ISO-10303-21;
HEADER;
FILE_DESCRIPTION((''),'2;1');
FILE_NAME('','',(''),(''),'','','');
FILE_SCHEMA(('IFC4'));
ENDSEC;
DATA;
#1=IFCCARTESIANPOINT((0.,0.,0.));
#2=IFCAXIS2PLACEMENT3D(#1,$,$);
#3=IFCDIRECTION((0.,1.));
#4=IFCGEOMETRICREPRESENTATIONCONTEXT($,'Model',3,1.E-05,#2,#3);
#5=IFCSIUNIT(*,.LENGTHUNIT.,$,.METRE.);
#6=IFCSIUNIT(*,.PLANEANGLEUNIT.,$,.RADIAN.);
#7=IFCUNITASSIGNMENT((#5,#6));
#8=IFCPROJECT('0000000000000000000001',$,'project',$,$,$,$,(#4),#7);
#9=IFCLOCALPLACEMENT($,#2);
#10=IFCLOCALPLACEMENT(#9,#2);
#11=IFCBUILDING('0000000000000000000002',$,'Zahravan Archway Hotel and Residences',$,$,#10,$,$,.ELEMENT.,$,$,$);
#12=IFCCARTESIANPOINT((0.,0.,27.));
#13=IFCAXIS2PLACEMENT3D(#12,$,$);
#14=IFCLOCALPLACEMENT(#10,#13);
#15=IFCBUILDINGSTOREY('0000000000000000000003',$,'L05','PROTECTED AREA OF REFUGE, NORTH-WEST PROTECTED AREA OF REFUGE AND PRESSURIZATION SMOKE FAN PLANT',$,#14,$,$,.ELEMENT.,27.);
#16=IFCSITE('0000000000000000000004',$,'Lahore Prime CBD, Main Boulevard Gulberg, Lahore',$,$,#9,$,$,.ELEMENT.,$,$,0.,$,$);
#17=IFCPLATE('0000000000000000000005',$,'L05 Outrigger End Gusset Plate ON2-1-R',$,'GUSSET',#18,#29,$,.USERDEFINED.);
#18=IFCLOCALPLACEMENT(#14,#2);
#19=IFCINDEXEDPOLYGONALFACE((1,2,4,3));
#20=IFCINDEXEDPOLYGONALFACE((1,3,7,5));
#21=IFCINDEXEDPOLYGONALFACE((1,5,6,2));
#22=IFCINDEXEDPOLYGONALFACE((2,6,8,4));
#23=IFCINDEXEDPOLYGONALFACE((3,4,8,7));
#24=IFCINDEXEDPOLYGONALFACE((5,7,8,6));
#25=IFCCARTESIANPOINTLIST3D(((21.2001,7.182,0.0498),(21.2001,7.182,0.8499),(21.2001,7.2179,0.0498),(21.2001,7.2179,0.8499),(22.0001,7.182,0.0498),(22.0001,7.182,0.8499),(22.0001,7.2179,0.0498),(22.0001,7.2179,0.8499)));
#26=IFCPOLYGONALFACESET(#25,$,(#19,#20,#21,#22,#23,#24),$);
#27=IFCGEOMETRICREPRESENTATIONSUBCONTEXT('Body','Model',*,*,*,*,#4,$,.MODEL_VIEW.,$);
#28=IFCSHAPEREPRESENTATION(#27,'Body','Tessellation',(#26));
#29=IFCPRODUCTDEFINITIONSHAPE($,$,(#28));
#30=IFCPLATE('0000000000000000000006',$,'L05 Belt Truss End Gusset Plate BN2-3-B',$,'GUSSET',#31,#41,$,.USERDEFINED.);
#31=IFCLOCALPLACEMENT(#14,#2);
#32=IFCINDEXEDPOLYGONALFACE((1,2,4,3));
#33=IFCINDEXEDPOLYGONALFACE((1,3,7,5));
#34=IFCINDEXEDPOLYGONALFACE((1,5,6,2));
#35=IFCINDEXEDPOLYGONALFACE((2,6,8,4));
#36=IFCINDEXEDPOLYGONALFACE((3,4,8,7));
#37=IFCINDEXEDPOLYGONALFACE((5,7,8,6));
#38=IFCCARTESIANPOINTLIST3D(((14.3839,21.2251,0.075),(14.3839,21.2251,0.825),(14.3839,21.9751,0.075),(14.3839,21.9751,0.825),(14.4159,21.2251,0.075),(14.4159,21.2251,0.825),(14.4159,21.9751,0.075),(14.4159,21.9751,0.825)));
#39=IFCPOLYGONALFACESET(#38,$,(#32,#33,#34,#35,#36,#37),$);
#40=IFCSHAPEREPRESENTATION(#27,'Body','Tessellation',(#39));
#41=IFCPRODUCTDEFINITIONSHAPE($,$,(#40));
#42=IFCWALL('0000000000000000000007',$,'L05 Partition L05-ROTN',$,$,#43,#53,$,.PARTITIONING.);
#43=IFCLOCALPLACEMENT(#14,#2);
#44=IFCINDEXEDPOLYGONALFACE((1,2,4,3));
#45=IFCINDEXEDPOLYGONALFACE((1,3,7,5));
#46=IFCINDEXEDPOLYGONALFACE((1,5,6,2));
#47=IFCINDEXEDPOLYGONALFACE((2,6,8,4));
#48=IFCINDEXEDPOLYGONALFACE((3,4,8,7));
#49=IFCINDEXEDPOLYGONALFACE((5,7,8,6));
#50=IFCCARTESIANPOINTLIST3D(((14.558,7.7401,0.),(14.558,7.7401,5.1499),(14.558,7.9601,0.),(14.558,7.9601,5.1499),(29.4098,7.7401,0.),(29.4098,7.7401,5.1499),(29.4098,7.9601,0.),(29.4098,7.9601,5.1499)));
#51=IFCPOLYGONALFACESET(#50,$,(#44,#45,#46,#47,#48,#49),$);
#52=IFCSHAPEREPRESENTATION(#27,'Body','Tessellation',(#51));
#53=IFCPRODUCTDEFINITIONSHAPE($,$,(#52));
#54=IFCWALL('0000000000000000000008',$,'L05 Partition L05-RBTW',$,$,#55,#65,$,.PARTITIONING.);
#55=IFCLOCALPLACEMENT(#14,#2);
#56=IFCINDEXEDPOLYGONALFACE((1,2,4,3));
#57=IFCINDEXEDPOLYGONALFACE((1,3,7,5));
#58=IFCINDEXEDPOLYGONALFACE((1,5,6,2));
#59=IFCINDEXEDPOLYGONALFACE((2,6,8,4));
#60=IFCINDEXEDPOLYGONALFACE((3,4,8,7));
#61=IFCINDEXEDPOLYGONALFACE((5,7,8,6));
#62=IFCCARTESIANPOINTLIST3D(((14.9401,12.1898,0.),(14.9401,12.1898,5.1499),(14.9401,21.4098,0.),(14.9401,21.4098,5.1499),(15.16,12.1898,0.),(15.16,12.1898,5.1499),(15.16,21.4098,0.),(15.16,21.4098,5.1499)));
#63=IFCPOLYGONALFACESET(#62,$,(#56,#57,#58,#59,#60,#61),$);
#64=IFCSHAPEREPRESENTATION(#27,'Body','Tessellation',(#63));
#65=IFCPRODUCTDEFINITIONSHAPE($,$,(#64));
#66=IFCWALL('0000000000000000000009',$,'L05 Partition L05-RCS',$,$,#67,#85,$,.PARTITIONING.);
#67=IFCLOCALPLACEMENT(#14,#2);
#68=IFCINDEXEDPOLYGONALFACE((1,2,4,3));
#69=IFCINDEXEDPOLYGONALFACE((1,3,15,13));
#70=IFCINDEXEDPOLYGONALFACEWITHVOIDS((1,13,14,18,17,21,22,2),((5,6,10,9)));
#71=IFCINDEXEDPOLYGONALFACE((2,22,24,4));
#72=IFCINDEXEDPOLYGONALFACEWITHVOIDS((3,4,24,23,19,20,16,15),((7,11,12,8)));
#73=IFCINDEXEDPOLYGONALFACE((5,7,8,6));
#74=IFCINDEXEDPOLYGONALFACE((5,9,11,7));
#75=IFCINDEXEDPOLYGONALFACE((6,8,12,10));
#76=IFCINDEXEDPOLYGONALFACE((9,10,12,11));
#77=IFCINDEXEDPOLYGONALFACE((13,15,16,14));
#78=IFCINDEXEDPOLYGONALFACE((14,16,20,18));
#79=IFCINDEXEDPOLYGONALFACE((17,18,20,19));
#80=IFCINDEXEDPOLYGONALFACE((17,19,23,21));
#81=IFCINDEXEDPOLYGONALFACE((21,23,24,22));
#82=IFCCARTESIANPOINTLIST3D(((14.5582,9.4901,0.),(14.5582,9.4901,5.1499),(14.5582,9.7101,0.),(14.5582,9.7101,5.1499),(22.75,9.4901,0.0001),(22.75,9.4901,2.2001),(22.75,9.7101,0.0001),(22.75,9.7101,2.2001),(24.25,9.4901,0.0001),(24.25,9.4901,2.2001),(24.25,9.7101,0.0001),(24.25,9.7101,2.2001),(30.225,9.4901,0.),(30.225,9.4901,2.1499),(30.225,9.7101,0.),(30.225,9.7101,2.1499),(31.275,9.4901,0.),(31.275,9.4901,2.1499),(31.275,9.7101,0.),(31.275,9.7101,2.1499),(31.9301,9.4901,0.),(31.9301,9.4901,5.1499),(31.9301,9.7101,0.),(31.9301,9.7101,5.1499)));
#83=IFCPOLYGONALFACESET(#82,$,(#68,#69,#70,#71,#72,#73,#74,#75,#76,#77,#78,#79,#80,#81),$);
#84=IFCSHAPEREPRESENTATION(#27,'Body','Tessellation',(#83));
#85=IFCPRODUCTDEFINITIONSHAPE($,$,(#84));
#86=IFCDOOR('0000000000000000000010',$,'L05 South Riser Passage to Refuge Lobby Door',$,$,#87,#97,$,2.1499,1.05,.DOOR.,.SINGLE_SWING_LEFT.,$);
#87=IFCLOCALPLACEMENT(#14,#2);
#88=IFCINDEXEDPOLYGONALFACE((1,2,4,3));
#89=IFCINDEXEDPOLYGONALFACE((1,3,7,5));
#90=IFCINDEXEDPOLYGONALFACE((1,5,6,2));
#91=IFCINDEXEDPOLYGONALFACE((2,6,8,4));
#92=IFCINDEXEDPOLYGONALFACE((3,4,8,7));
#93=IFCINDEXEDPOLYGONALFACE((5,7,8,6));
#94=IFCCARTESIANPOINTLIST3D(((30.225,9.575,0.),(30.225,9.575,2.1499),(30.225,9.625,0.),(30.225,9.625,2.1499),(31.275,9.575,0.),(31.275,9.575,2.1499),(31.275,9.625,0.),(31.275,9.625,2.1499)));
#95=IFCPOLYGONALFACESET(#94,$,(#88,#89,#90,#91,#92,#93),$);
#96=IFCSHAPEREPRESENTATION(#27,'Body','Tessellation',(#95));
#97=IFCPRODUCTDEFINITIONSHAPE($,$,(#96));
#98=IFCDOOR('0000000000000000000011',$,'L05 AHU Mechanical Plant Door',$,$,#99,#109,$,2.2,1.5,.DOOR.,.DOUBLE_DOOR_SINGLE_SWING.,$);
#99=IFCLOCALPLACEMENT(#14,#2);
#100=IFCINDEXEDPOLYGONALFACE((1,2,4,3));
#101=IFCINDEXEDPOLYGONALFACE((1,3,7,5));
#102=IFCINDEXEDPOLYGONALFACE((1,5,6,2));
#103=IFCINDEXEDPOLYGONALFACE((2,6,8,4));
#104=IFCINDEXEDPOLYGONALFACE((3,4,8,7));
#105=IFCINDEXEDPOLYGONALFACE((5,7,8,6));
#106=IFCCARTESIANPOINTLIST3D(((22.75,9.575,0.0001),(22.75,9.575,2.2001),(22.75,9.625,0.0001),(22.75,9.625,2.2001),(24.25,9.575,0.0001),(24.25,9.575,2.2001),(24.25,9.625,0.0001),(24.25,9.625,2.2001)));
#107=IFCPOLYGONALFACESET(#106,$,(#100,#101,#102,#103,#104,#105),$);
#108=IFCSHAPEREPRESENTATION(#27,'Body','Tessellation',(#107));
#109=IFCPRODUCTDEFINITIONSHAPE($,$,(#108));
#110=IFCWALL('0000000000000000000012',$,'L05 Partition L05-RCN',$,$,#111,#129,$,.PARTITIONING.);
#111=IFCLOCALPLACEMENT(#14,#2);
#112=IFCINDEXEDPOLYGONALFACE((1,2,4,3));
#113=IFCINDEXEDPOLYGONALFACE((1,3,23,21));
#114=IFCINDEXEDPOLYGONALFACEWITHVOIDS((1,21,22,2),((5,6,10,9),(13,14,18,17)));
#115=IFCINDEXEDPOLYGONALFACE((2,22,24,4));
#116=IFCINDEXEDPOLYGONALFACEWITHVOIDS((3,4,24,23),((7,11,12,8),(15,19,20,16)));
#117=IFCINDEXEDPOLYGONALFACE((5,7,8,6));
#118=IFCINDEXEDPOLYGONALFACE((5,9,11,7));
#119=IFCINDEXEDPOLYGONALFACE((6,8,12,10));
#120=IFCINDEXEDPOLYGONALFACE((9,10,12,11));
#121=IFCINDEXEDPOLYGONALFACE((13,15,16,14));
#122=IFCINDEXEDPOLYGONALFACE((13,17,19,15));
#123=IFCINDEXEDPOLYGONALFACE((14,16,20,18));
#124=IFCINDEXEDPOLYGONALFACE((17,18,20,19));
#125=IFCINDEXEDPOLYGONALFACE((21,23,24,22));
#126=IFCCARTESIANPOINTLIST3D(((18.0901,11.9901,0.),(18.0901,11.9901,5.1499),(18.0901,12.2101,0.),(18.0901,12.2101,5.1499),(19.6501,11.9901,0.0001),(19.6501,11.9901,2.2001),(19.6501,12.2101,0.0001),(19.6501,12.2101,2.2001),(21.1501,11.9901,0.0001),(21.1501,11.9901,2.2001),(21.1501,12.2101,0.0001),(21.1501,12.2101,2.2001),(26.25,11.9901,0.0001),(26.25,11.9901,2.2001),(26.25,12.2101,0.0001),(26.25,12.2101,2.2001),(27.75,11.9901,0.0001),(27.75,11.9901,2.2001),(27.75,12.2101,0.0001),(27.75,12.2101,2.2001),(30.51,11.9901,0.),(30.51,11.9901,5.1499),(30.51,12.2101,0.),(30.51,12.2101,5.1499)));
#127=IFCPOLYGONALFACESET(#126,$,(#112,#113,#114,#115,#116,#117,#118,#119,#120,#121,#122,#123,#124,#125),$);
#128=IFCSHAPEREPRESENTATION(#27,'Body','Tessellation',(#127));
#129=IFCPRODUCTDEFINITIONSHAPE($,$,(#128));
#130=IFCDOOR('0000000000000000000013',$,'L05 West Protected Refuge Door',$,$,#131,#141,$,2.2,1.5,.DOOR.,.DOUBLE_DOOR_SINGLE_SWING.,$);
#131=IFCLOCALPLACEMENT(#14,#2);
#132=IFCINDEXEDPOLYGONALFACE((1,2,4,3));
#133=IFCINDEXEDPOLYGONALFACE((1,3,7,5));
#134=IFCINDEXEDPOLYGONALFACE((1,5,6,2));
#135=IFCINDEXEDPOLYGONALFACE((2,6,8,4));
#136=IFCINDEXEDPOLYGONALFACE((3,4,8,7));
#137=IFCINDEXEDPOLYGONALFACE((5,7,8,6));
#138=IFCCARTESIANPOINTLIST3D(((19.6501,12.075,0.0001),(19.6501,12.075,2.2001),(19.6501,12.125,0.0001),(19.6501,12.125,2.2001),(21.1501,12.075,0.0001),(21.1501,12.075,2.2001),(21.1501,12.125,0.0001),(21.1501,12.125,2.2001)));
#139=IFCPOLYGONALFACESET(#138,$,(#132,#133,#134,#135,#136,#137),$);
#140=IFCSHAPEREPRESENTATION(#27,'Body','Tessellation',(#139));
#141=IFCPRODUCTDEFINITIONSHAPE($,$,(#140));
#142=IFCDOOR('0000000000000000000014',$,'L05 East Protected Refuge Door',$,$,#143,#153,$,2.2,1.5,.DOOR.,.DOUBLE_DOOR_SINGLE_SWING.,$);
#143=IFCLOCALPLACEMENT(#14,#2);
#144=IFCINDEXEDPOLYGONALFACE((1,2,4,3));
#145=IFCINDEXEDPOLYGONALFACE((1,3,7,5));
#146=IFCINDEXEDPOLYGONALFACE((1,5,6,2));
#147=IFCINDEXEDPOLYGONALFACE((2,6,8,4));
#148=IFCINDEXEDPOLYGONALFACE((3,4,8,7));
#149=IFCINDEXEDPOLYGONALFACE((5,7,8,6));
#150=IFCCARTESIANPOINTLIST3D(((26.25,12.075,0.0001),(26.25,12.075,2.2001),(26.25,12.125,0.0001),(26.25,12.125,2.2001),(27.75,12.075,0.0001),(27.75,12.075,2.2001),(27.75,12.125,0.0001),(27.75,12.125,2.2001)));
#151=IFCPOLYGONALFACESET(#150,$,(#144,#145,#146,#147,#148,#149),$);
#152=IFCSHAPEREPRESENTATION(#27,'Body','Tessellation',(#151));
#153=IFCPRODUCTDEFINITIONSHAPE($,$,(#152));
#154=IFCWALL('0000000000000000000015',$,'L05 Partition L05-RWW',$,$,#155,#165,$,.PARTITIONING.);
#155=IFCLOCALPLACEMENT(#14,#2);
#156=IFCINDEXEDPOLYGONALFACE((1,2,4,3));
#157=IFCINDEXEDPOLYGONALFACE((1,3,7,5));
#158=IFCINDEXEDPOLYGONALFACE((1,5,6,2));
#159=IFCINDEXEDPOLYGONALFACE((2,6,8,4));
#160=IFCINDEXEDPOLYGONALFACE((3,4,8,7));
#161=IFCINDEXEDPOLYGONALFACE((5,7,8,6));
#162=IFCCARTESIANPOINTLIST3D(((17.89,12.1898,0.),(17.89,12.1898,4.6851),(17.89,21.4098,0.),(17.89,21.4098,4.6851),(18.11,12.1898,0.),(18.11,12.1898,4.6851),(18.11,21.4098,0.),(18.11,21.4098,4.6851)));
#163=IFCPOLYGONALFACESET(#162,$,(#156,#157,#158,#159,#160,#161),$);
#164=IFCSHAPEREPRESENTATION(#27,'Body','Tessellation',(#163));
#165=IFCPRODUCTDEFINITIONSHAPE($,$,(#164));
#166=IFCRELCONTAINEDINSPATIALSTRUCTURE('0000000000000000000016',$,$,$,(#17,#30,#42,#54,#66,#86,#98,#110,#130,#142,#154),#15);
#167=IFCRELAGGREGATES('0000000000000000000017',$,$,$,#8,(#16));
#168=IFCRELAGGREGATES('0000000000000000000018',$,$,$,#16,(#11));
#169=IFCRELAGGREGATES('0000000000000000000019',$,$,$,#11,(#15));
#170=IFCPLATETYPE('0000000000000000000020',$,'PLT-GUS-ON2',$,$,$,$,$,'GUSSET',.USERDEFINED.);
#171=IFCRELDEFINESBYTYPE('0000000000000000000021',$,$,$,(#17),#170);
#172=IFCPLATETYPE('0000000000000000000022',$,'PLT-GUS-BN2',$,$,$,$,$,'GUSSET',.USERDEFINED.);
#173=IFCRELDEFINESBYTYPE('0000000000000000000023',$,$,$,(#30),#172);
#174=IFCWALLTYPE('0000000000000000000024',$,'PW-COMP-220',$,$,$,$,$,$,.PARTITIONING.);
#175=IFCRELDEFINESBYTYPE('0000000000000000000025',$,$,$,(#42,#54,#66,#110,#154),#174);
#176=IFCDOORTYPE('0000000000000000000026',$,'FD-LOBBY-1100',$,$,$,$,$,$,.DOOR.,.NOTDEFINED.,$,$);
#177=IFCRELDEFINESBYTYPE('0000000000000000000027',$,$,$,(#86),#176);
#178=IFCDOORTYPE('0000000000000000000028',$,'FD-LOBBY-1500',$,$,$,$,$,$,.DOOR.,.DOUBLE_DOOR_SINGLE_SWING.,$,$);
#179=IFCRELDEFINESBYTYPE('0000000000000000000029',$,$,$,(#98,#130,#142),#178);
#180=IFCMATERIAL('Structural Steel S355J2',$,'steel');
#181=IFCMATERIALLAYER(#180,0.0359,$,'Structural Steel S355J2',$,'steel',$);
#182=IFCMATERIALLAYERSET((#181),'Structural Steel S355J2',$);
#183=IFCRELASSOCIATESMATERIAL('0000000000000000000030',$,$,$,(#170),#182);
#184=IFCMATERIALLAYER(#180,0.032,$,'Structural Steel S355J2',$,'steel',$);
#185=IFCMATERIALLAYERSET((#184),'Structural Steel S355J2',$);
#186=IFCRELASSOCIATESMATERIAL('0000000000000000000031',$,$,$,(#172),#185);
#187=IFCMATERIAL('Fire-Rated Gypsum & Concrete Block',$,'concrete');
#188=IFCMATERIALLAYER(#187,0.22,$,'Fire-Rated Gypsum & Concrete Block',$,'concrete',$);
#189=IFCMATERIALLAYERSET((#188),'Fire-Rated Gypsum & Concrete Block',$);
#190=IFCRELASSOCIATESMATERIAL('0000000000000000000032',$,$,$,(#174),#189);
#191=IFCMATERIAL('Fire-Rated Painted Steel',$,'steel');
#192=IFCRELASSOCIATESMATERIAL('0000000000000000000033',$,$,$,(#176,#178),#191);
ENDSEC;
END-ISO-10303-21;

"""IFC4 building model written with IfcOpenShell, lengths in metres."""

from ifc_helpers import new_model, si_unit, direction, frame, frame_2d, origin, origin_2d, place, context, subcontext, project, spatial, rectangle, extrude, source, transform, mapped, material, layer, layer_set, type_object, type_shapes, element, fill, save


model = new_model("IFC4")

# Units and contexts
model_context = context("Model", 3, precision=1e-05, world=origin(), true_north=direction((0.0, 1.0)))
body_context = subcontext(model_context, "Body", "Model", "MODEL_VIEW")
ifc_project = project(units=[si_unit("LENGTHUNIT", "METRE"), si_unit("PLANEANGLEUNIT", "RADIAN")], contexts=[model_context])

# Site, building, storey
site_placement = place(None, origin())
site = spatial("IfcSite", under=ifc_project, at=site_placement, Name="Lahore Prime CBD, Main Boulevard Gulberg, Lahore", CompositionType="ELEMENT", RefElevation=0.0)
building_placement = place(site_placement, origin())
building = spatial("IfcBuilding", under=site, at=building_placement, Name="Zahravan Archway Hotel and Residences", CompositionType="ELEMENT")
storey_placement = place(building_placement, frame((0.0, 0.0, 27.0)))
storey = spatial("IfcBuildingStorey", under=building, at=storey_placement, Name="L05", Description="PROTECTED AREA OF REFUGE, NORTH-WEST PROTECTED AREA OF REFUGE AND PRESSURIZATION SMOKE FAN PLANT", CompositionType="ELEMENT", Elevation=27.0)

# Plates
ifc_material_1 = material(Name="Structural Steel S355J2", Category="steel")
ifc_layer_1 = layer(ifc_material_1, 0.0359, Name="Structural Steel S355J2", Category="steel")
ifc_layer_set_1 = layer_set([ifc_layer_1], Name="Structural Steel S355J2")
plate_type_1 = type_object("IfcPlateType", Name="PLT-GUS-ON2", ElementType="GUSSET", PredefinedType="USERDEFINED", material=ifc_layer_set_1)
shared_shape_1 = source(origin(), body_context, "Body", "SweptSolid", [
    extrude(rectangle(XDim=0.8, YDim=0.0359, at=origin_2d()), origin(), (0.0, 0.0, 1.0), 0.8),
])
type_shapes(plate_type_1, [shared_shape_1])
plate_1_placement = place(storey_placement, frame((21.6001, 7.2, 0.0498), z_axis=(0.0, 0.0, 1.0), x_axis=(1.0, 0.0, 0.0)))
element("IfcPlate", 1, at=plate_1_placement, inside=storey, type_object=plate_type_1, Name="L05 Outrigger End Gusset Plate ON2-1-R", ObjectType="GUSSET", PredefinedType="USERDEFINED", context=body_context, shape_type="MappedRepresentation", body=[
    mapped(shared_shape_1, transform((0.0, 0.0, 0.0), scale=1.0)),
])
ifc_layer_2 = layer(ifc_material_1, 0.032, Name="Structural Steel S355J2", Category="steel")
ifc_layer_set_2 = layer_set([ifc_layer_2], Name="Structural Steel S355J2")
plate_type_2 = type_object("IfcPlateType", Name="PLT-GUS-BN2", ElementType="GUSSET", PredefinedType="USERDEFINED", material=ifc_layer_set_2)
shared_shape_2 = source(origin(), body_context, "Body", "SweptSolid", [
    extrude(rectangle(XDim=0.75, YDim=0.032, at=origin_2d()), origin(), (0.0, 0.0, 1.0), 0.75),
])
type_shapes(plate_type_2, [shared_shape_2])
plate_2_placement = place(storey_placement, frame((14.3999, 21.6001, 0.075), z_axis=(0.0, 0.0, 1.0), x_axis=(0.0, 1.0, 0.0)))
element("IfcPlate", 2, at=plate_2_placement, inside=storey, type_object=plate_type_2, Name="L05 Belt Truss End Gusset Plate BN2-3-B", ObjectType="GUSSET", PredefinedType="USERDEFINED", context=body_context, shape_type="MappedRepresentation", body=[
    mapped(shared_shape_2, transform((0.0, 0.0, 0.0), scale=1.0)),
])

# Walls
ifc_material_2 = material(Name="Fire-Rated Gypsum & Concrete Block", Category="concrete")
ifc_layer_3 = layer(ifc_material_2, 0.22, Name="Fire-Rated Gypsum & Concrete Block", Category="concrete")
ifc_layer_set_3 = layer_set([ifc_layer_3], Name="Fire-Rated Gypsum & Concrete Block")
wall_type = type_object("IfcWallType", Name="PW-COMP-220", PredefinedType="PARTITIONING", material=ifc_layer_set_3)
wall_1_placement = place(storey_placement, frame((14.5581, 7.8501, 0.0), z_axis=(0.0, 0.0, 1.0), x_axis=(1.0, 0.0, 0.0)))
element("IfcWall", 3, at=wall_1_placement, inside=storey, type_object=wall_type, Name="L05 Partition L05-ROTN", PredefinedType="PARTITIONING", context=body_context, shape_type="SweptSolid", body=[
    extrude(rectangle(XDim=14.8518, YDim=0.22, at=frame_2d((7.4258, 0.0))), origin(), (0.0, 0.0, 1.0), 5.1499),
])
wall_2_placement = place(storey_placement, frame((15.05, 12.1899, 0.0), z_axis=(0.0, 0.0, 1.0), x_axis=(0.0, 1.0, 0.0)))
element("IfcWall", 4, at=wall_2_placement, inside=storey, type_object=wall_type, Name="L05 Partition L05-RBTW", PredefinedType="PARTITIONING", context=body_context, shape_type="SweptSolid", body=[
    extrude(rectangle(XDim=9.22, YDim=0.22, at=frame_2d((4.6099, 0.0))), origin(), (0.0, 0.0, 1.0), 5.1499),
])

# Walls, openings, doors
wall_3_placement = place(storey_placement, frame((14.5581, 9.6001, 0.0), z_axis=(0.0, 0.0, 1.0), x_axis=(1.0, 0.0, 0.0)))
wall_3 = element("IfcWall", 5, at=wall_3_placement, inside=storey, type_object=wall_type, Name="L05 Partition L05-RCS", PredefinedType="PARTITIONING", context=body_context, shape_type="SweptSolid", body=[
    extrude(rectangle(XDim=17.3718, YDim=0.22, at=frame_2d((8.686, 0.0))), origin(), (0.0, 0.0, 1.0), 5.1499),
])
opening_1_placement = place(wall_3_placement, frame((15.667, 0.0, 0.0)))
opening_1 = element("IfcOpeningElement", 6, at=opening_1_placement, cuts=wall_3, PredefinedType="OPENING", context=body_context, shape_type="SweptSolid", body=[
    extrude(rectangle(XDim=1.05, YDim=2.1499, at=frame_2d((0.5249, 1.075))), frame((0.0, 0.1201, 0.0), z_axis=(0.0, -1.0, 0.0), x_axis=(1.0, 0.0, 0.0)), (0.0, 0.0, 1.0), 0.24),
])
opening_2_placement = place(wall_3_placement, frame((8.1919, 0.0, 0.0)))
opening_2 = element("IfcOpeningElement", 7, at=opening_2_placement, cuts=wall_3, PredefinedType="OPENING", context=body_context, shape_type="SweptSolid", body=[
    extrude(rectangle(XDim=1.5, YDim=2.2, at=frame_2d((0.75, 1.1001))), frame((0.0, 0.1201, 0.0), z_axis=(0.0, -1.0, 0.0), x_axis=(1.0, 0.0, 0.0)), (0.0, 0.0, 1.0), 0.24),
])
ifc_material_3 = material(Name="Fire-Rated Painted Steel", Category="steel")
door_type_1 = type_object("IfcDoorType", Name="FD-LOBBY-1100", OperationType="NOTDEFINED", PredefinedType="DOOR", material=ifc_material_3)
shared_shape_3 = source(origin(), body_context, "Body", "SweptSolid", [
    extrude(rectangle(XDim=1.05, YDim=2.1499, at=frame_2d((0.5249, 1.075))), frame((0.0, 0.0249, 0.0), z_axis=(0.0, -1.0, 0.0), x_axis=(1.0, 0.0, 0.0)), (0.0, 0.0, 1.0), 0.05),
])
type_shapes(door_type_1, [shared_shape_3])
door_1_placement = place(opening_1_placement, origin())
door_1 = element("IfcDoor", 8, at=door_1_placement, inside=storey, type_object=door_type_1, Name="L05 South Riser Passage to Refuge Lobby Door", OperationType="SINGLE_SWING_LEFT", OverallHeight=2.1499, OverallWidth=1.05, PredefinedType="DOOR", context=body_context, shape_type="MappedRepresentation", body=[
    mapped(shared_shape_3, transform((0.0, 0.0, 0.0), scale=1.0)),
])
fill(opening_1, door_1)
door_type_2 = type_object("IfcDoorType", Name="FD-LOBBY-1500", OperationType="DOUBLE_DOOR_SINGLE_SWING", PredefinedType="DOOR", material=ifc_material_3)
shared_shape_4 = source(origin(), body_context, "Body", "SweptSolid", [
    extrude(rectangle(XDim=1.5, YDim=2.2, at=frame_2d((0.75, 1.1001))), frame((0.0, 0.0249, 0.0), z_axis=(0.0, -1.0, 0.0), x_axis=(1.0, 0.0, 0.0)), (0.0, 0.0, 1.0), 0.05),
])
type_shapes(door_type_2, [shared_shape_4])
door_2_placement = place(opening_2_placement, origin())
door_2 = element("IfcDoor", 9, at=door_2_placement, inside=storey, type_object=door_type_2, Name="L05 AHU Mechanical Plant Door", OperationType="DOUBLE_DOOR_SINGLE_SWING", OverallHeight=2.2, OverallWidth=1.5, PredefinedType="DOOR", context=body_context, shape_type="MappedRepresentation", body=[
    mapped(shared_shape_4, transform((0.0, 0.0, 0.0), scale=1.0)),
])
fill(opening_2, door_2)
wall_4_placement = place(storey_placement, frame((18.0901, 12.1001, 0.0), z_axis=(0.0, 0.0, 1.0), x_axis=(1.0, 0.0, 0.0)))
wall_4 = element("IfcWall", 10, at=wall_4_placement, inside=storey, type_object=wall_type, Name="L05 Partition L05-RCN", PredefinedType="PARTITIONING", context=body_context, shape_type="SweptSolid", body=[
    extrude(rectangle(XDim=12.4199, YDim=0.22, at=frame_2d((6.21, 0.0))), origin(), (0.0, 0.0, 1.0), 5.1499),
])
opening_3_placement = place(wall_4_placement, frame((1.5601, 0.0, 0.0)))
opening_3 = element("IfcOpeningElement", 11, at=opening_3_placement, cuts=wall_4, PredefinedType="OPENING", context=body_context, shape_type="SweptSolid", body=[
    extrude(rectangle(XDim=1.5, YDim=2.2, at=frame_2d((0.75, 1.1001))), frame((0.0, 0.1201, 0.0), z_axis=(0.0, -1.0, 0.0), x_axis=(1.0, 0.0, 0.0)), (0.0, 0.0, 1.0), 0.24),
])
opening_4_placement = place(wall_4_placement, frame((8.1599, 0.0, 0.0)))
opening_4 = element("IfcOpeningElement", 12, at=opening_4_placement, cuts=wall_4, PredefinedType="OPENING", context=body_context, shape_type="SweptSolid", body=[
    extrude(rectangle(XDim=1.5, YDim=2.2, at=frame_2d((0.75, 1.1001))), frame((0.0, 0.1201, 0.0), z_axis=(0.0, -1.0, 0.0), x_axis=(1.0, 0.0, 0.0)), (0.0, 0.0, 1.0), 0.24),
])
door_3_placement = place(opening_3_placement, origin())
door_3 = element("IfcDoor", 13, at=door_3_placement, inside=storey, type_object=door_type_2, Name="L05 West Protected Refuge Door", OperationType="DOUBLE_DOOR_SINGLE_SWING", OverallHeight=2.2, OverallWidth=1.5, PredefinedType="DOOR", context=body_context, shape_type="MappedRepresentation", body=[
    mapped(shared_shape_4, transform((0.0, 0.0, 0.0), scale=1.0)),
])
fill(opening_3, door_3)
door_4_placement = place(opening_4_placement, origin())
door_4 = element("IfcDoor", 14, at=door_4_placement, inside=storey, type_object=door_type_2, Name="L05 East Protected Refuge Door", OperationType="DOUBLE_DOOR_SINGLE_SWING", OverallHeight=2.2, OverallWidth=1.5, PredefinedType="DOOR", context=body_context, shape_type="MappedRepresentation", body=[
    mapped(shared_shape_4, transform((0.0, 0.0, 0.0), scale=1.0)),
])
fill(opening_4, door_4)

# Wall
wall_5_placement = place(storey_placement, frame((18.0, 12.1899, 0.0), z_axis=(0.0, 0.0, 1.0), x_axis=(0.0, 1.0, 0.0)))
element("IfcWall", 15, at=wall_5_placement, inside=storey, type_object=wall_type, Name="L05 Partition L05-RWW", PredefinedType="PARTITIONING", context=body_context, shape_type="SweptSolid", body=[
    extrude(rectangle(XDim=9.22, YDim=0.22, at=frame_2d((4.6099, 0.0))), origin(), (0.0, 0.0, 1.0), 4.6851),
])

save(model, "model.ifc")
